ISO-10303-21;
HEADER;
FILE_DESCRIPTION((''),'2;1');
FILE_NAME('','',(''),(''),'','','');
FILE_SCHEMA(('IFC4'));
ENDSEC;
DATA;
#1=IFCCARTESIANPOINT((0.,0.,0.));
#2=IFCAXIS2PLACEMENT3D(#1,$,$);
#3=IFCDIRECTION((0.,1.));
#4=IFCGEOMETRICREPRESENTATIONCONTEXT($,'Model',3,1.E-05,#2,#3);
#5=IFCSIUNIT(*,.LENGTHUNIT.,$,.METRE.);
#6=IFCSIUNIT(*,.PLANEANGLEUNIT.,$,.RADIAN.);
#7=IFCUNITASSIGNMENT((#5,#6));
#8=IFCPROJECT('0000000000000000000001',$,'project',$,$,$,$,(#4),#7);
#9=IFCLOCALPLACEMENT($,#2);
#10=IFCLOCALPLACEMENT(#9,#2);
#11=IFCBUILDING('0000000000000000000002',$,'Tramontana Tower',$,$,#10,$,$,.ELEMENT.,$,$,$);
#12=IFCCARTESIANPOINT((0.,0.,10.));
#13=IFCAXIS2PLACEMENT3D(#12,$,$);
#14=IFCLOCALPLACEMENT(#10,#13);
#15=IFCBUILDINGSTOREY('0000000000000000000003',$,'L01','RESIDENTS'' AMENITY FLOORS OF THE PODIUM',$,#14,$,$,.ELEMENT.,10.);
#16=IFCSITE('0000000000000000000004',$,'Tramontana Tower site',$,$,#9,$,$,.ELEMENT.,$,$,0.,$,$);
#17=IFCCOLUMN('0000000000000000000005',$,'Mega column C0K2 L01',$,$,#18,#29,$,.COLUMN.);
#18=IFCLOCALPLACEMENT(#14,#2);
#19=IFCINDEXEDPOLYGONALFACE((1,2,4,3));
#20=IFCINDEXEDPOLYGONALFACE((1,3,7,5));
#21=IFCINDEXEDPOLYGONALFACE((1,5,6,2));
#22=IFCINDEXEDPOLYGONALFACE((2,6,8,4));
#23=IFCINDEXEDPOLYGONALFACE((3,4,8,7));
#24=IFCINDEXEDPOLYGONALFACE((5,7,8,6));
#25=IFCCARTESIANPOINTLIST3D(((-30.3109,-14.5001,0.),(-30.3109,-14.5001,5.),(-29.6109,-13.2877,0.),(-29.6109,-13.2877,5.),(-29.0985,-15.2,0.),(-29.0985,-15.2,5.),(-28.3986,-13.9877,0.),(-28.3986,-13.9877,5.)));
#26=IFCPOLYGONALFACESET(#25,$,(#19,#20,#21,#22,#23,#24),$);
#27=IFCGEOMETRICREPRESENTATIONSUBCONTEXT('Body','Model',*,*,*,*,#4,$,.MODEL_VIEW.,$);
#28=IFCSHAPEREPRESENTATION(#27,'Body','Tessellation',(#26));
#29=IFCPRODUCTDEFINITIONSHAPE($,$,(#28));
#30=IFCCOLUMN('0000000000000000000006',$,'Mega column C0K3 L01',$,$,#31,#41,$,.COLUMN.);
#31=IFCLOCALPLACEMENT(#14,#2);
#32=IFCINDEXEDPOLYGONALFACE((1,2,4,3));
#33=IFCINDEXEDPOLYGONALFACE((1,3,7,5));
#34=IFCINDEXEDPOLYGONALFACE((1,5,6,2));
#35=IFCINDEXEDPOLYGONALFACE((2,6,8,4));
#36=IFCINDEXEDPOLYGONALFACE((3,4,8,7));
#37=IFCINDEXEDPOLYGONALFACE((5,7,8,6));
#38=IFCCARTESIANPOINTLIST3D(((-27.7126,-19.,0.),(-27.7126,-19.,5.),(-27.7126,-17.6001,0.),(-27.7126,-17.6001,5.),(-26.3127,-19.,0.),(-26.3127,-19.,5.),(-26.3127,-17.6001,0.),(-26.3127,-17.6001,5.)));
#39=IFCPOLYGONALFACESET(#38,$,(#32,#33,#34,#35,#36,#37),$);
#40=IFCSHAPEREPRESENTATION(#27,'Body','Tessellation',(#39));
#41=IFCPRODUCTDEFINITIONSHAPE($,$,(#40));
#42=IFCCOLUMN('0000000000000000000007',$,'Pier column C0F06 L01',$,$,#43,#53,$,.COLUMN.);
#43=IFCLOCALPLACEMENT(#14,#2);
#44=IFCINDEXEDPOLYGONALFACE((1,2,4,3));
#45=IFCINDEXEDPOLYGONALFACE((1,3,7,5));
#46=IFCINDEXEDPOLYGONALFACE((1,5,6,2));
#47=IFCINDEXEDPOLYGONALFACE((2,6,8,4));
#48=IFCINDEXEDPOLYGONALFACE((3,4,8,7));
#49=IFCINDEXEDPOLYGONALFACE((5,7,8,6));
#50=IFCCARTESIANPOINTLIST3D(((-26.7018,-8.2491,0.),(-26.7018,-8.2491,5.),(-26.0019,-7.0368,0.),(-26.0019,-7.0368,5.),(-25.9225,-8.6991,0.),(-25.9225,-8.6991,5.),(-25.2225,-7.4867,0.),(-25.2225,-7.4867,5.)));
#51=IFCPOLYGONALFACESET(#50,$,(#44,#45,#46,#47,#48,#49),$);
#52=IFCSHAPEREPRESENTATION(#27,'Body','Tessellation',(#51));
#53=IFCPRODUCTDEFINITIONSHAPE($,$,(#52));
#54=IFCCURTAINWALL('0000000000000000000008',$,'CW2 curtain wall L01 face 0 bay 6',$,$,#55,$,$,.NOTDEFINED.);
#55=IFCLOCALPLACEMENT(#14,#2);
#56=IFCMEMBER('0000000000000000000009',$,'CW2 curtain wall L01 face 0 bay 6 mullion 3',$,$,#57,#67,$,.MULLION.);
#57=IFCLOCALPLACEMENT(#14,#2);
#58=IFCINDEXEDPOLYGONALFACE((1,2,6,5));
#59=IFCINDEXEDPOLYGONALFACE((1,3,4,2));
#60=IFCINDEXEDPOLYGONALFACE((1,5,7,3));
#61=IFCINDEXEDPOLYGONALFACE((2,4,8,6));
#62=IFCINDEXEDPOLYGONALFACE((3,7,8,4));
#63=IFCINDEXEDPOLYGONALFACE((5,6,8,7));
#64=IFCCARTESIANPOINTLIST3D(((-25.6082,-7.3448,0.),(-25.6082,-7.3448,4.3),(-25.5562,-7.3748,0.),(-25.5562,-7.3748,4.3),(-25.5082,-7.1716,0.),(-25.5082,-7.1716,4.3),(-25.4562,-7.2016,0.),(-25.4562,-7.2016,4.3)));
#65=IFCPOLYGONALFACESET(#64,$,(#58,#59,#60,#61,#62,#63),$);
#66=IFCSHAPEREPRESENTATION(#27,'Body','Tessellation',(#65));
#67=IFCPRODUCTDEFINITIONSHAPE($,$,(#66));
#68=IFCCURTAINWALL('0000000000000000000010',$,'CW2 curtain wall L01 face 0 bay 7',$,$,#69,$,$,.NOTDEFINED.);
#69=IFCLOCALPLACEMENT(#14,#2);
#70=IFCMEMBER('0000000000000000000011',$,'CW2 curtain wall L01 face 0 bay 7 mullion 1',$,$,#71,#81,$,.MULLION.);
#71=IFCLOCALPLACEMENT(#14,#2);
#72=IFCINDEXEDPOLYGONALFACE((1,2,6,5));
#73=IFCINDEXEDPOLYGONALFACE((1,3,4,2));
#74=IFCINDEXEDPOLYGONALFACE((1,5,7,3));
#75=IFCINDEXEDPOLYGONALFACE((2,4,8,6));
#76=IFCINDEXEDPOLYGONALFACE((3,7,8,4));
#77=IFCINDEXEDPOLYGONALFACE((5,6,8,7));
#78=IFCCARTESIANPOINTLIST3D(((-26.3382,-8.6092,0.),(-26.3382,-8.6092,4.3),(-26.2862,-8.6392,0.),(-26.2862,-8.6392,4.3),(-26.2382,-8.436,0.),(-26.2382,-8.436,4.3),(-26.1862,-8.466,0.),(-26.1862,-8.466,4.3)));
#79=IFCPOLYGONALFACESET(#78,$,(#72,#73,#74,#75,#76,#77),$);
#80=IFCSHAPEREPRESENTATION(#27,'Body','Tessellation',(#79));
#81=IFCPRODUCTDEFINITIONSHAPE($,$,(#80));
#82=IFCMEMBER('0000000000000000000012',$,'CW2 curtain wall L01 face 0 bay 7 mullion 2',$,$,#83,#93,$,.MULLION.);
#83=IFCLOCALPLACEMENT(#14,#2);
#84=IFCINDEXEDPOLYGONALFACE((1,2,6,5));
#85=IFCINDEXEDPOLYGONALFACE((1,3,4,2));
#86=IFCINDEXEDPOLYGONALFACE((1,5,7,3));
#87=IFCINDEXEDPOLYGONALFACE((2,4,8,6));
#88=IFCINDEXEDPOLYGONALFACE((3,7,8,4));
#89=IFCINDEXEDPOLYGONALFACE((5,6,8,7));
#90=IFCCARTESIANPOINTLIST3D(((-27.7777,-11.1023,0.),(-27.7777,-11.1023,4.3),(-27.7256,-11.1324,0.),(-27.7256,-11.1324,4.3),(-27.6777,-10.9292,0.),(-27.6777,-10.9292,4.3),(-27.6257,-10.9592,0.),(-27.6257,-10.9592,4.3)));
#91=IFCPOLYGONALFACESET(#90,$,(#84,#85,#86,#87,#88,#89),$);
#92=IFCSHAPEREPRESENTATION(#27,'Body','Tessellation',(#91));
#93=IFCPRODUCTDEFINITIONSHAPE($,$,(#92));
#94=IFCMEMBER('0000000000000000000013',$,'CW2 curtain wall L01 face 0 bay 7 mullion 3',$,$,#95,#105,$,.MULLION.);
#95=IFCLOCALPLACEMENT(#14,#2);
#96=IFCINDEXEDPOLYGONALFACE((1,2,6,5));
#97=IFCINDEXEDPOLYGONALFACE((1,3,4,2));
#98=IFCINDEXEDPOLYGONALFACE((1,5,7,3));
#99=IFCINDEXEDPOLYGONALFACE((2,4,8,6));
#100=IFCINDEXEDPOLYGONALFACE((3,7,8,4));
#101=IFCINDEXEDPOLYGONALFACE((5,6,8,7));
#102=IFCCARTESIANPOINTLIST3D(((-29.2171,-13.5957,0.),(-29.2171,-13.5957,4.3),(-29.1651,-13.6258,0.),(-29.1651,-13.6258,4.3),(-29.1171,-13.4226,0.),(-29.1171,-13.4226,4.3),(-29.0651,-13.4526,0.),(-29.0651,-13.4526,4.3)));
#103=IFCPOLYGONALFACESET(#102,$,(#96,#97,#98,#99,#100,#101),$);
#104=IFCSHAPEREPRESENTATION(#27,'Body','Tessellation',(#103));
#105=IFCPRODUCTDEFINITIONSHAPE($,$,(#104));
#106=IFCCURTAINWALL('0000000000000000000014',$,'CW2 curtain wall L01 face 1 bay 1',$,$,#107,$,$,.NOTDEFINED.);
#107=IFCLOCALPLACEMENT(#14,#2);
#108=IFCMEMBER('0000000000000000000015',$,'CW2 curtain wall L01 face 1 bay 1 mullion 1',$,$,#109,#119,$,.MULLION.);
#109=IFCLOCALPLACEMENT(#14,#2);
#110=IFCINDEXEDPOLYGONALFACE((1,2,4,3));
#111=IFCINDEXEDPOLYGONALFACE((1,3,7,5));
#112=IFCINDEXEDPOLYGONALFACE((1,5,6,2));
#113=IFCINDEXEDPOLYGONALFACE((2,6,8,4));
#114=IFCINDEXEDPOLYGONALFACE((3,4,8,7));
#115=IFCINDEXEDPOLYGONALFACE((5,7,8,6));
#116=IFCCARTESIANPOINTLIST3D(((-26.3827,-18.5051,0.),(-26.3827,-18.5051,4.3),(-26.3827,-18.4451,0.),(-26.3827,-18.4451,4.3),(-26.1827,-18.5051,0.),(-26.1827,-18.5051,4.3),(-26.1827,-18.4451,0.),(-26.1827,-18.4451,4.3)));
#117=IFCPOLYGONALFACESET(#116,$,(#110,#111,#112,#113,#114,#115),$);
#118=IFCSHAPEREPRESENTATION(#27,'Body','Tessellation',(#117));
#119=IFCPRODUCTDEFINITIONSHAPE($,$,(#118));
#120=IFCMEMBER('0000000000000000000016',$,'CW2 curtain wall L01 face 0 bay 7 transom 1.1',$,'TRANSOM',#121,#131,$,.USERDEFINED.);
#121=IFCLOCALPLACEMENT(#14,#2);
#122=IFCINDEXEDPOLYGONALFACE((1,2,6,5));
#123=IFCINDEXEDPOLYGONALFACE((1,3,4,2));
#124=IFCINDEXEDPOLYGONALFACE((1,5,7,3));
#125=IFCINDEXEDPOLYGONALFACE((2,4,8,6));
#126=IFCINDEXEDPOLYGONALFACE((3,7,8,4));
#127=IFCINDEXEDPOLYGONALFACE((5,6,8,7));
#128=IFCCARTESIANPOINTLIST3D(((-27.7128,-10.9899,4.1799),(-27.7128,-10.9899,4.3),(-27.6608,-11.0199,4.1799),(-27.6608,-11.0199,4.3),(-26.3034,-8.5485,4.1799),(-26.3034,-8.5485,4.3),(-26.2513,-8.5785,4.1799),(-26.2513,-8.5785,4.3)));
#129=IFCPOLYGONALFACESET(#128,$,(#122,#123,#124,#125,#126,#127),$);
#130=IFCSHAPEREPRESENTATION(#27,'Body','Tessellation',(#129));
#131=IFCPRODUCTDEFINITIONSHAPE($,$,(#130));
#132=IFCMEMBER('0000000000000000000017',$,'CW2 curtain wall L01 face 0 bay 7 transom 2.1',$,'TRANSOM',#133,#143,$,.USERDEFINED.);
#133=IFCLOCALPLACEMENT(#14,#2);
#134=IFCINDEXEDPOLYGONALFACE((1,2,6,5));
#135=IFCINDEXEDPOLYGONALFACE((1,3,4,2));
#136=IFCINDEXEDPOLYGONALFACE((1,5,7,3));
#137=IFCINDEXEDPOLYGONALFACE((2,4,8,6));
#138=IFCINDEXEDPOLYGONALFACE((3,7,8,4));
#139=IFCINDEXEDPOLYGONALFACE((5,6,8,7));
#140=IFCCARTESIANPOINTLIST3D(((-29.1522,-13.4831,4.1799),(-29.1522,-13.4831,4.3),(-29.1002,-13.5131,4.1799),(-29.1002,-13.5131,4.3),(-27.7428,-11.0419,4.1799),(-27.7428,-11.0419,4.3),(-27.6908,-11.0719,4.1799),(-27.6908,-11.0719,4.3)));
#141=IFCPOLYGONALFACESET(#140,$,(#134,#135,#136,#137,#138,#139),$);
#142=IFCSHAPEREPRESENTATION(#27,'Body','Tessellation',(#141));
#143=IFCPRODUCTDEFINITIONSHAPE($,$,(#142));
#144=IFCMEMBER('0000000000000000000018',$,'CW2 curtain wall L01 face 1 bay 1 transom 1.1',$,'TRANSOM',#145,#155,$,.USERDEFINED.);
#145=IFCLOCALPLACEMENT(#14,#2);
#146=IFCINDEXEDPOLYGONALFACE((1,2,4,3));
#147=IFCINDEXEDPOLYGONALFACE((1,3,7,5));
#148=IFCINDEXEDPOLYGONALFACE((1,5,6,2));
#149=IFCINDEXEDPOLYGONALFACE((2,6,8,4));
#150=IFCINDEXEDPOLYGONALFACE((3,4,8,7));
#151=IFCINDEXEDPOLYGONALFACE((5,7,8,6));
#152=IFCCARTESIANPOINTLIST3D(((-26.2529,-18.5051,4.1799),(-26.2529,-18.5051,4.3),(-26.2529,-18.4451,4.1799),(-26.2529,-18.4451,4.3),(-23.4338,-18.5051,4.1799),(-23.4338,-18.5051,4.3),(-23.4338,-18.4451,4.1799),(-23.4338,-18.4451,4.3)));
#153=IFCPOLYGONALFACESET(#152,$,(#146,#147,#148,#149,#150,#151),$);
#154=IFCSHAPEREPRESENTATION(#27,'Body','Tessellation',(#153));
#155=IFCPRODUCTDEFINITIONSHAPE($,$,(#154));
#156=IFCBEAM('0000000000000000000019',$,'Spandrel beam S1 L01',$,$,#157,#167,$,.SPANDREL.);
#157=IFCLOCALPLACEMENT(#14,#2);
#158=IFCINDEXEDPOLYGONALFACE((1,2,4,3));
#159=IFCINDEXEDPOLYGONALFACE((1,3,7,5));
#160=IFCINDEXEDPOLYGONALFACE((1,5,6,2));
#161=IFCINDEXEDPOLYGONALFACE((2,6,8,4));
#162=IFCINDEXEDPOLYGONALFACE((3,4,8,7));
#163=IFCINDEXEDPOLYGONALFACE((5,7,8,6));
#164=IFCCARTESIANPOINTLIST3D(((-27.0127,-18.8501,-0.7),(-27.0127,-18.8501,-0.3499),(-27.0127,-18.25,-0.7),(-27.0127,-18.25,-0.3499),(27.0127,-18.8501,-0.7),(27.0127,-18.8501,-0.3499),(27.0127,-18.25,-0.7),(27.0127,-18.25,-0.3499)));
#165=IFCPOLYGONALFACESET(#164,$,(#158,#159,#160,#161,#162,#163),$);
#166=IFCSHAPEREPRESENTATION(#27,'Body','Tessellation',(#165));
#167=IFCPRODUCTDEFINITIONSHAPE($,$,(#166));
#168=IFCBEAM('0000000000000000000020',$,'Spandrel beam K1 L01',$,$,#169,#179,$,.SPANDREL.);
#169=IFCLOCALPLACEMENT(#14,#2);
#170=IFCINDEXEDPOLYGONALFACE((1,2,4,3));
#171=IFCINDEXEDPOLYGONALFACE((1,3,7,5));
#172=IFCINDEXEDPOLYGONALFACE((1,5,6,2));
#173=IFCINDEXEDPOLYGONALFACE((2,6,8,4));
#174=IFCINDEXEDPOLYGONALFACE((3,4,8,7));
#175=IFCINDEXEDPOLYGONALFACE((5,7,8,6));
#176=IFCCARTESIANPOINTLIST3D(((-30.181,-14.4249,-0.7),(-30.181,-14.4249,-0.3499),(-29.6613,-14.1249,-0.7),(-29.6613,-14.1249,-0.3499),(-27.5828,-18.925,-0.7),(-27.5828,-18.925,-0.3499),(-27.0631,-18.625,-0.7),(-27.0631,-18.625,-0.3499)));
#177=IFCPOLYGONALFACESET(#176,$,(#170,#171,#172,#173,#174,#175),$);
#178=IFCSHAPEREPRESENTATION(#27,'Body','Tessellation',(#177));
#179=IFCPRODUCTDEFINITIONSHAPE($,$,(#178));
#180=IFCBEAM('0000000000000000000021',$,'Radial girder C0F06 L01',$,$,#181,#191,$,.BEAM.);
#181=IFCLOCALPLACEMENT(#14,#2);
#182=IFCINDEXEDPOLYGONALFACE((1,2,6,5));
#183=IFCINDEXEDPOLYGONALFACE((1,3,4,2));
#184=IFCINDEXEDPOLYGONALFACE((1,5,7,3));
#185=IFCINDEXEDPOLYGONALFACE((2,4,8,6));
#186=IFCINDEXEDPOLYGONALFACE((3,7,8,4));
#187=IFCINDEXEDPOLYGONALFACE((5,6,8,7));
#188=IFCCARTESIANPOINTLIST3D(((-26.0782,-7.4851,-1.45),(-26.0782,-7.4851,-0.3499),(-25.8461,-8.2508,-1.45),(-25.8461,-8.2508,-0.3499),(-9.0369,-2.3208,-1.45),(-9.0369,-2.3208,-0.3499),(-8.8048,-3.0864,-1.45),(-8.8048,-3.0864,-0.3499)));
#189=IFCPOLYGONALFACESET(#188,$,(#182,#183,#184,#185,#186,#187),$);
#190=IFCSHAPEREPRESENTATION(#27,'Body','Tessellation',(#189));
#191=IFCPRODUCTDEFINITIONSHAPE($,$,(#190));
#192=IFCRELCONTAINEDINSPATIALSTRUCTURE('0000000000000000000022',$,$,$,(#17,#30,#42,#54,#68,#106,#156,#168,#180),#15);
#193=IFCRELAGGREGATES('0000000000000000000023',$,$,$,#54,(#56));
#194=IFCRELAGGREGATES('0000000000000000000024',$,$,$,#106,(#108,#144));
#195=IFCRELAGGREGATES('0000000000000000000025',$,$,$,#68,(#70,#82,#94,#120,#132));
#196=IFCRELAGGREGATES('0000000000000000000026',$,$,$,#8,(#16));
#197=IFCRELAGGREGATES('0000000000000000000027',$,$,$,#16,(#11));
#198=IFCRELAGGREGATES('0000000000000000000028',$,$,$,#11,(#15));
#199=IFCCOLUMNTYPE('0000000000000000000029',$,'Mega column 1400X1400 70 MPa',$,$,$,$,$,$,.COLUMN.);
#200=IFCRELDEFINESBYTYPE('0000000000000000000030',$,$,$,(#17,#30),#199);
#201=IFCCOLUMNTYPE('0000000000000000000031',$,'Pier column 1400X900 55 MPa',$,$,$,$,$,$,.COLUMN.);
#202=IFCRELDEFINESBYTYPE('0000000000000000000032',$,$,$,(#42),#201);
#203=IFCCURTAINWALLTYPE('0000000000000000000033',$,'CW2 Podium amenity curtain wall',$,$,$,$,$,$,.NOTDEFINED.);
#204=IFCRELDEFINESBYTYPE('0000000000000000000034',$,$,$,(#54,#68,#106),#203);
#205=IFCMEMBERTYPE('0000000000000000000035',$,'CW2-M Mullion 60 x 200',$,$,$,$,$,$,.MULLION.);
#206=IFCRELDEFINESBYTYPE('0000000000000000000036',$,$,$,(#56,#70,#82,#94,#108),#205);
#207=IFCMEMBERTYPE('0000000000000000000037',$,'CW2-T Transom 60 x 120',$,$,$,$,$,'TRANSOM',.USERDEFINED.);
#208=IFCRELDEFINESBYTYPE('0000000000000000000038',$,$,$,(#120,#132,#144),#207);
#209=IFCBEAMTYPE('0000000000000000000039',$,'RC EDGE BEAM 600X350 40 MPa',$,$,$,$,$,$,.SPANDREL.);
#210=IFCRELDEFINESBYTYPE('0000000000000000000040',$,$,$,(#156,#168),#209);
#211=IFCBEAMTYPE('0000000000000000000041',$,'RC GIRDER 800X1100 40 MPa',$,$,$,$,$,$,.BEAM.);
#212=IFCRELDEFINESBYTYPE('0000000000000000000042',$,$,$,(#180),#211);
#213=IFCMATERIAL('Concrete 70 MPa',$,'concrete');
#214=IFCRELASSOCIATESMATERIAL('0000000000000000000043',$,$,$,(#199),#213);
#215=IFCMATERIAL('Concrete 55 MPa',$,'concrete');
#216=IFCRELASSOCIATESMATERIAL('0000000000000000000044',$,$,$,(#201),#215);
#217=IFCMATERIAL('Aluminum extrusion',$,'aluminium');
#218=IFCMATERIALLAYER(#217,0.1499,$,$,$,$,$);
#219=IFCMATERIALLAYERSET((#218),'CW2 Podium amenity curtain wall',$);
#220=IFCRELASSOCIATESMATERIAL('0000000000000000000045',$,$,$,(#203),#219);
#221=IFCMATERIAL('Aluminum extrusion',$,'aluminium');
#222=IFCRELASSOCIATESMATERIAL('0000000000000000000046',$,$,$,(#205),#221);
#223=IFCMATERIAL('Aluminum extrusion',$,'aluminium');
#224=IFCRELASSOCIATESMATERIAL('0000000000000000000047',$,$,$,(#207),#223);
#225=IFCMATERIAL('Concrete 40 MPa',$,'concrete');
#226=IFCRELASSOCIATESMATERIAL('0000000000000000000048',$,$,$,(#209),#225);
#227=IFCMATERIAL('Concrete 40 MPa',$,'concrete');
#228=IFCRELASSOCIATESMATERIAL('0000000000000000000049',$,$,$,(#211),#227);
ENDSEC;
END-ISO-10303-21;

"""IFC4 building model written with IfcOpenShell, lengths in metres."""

from ifc_helpers import new_model, si_unit, direction, frame, origin, origin_2d, place, context, subcontext, project, spatial, rectangle, extrude, material, layer, layer_set, material_profile, profile_set, type_object, element, aggregate, save


model = new_model("IFC4")

# Units and contexts
model_context = context("Model", 3, precision=1e-05, world=origin(), true_north=direction((0.0, 1.0)))
body_context = subcontext(model_context, "Body", "Model", "MODEL_VIEW")
ifc_project = project(units=[si_unit("LENGTHUNIT", "METRE"), si_unit("PLANEANGLEUNIT", "RADIAN")], contexts=[model_context])

# Site, building, storey
site_placement = place(None, origin())
site = spatial("IfcSite", under=ifc_project, at=site_placement, Name="Tramontana Tower site", CompositionType="ELEMENT", RefElevation=0.0)
building_placement = place(site_placement, origin())
building = spatial("IfcBuilding", under=site, at=building_placement, Name="Tramontana Tower", CompositionType="ELEMENT")
storey_placement = place(building_placement, frame((0.0, 0.0, 10.0)))
storey = spatial("IfcBuildingStorey", under=building, at=storey_placement, Name="L01", Description="RESIDENTS' AMENITY FLOORS OF THE PODIUM", CompositionType="ELEMENT", Elevation=10.0)

# Columns
ifc_material_1 = material(Name="Concrete 70 MPa", Category="concrete")
ifc_material_profile_1 = material_profile(ifc_material_1, rectangle(XDim=1.3999, YDim=1.3999, at=origin_2d()), Name="Mega column 1400X1400 70 MPa")
ifc_profile_set_1 = profile_set([ifc_material_profile_1], Name="Concrete 70 MPa")
column_type_1 = type_object("IfcColumnType", Name="Mega column 1400X1400 70 MPa", PredefinedType="COLUMN", material=ifc_profile_set_1)
for number, where, z_axis, x_axis, name in (
    (1, (-29.3547, -14.2439, 0.0), (0.0, 0.0, 1.0), (-0.5, -0.866025, 0.0), "Mega column C0K2 L01"),
    (2, (-27.0127, -18.3, 0.0), (0.0, 0.0, 1.0), (1.0, 0.0, 0.0), "Mega column C0K3 L01"),
):
    element("IfcColumn", number, at=place(storey_placement, frame(where, z_axis=z_axis, x_axis=x_axis)), inside=storey, type_object=column_type_1, Name=name, PredefinedType="COLUMN", context=body_context, shape_type="SweptSolid", body=[
        extrude(rectangle(XDim=1.3999, YDim=1.3999, at=origin_2d()), origin(), (0.0, 0.0, 1.0), 5.0),
    ])
ifc_material_2 = material(Name="Concrete 55 MPa", Category="concrete")
ifc_material_profile_2 = material_profile(ifc_material_2, rectangle(XDim=1.3999, YDim=0.8999, at=origin_2d()), Name="Pier column 1400X900 55 MPa")
ifc_profile_set_2 = profile_set([ifc_material_profile_2], Name="Concrete 55 MPa")
column_type_2 = type_object("IfcColumnType", Name="Pier column 1400X900 55 MPa", PredefinedType="COLUMN", material=ifc_profile_set_2)
column_placement = place(storey_placement, frame((-25.9622, -7.8679, 0.0), z_axis=(0.0, 0.0, 1.0), x_axis=(-0.5, -0.866025, 0.0)))
element("IfcColumn", 3, at=column_placement, inside=storey, type_object=column_type_2, Name="Pier column C0F06 L01", PredefinedType="COLUMN", context=body_context, shape_type="SweptSolid", body=[
    extrude(rectangle(XDim=1.3999, YDim=0.8999, at=origin_2d()), origin(), (0.0, 0.0, 1.0), 5.0),
])

# Curtain wall, member
ifc_material_3 = material(Name="Aluminum extrusion", Category="aluminium")
ifc_layer_1 = layer(ifc_material_3, 0.1499)
ifc_layer_set_1 = layer_set([ifc_layer_1], Name="CW2 Podium amenity curtain wall")
curtain_wall_type = type_object("IfcCurtainWallType", Name="CW2 Podium amenity curtain wall", PredefinedType="NOTDEFINED", material=ifc_layer_set_1)
curtain_wall_1_placement = place(storey_placement, origin())
curtain_wall_1 = element("IfcCurtainWall", 4, at=curtain_wall_1_placement, inside=storey, type_object=curtain_wall_type, Name="CW2 curtain wall L01 face 0 bay 6", PredefinedType="NOTDEFINED")
ifc_material_4 = material(Name="Aluminum extrusion", Category="aluminium")
ifc_material_profile_3 = material_profile(ifc_material_4, rectangle(XDim=0.0601, YDim=0.2, at=origin_2d()), Name="CW2-M Mullion 60 x 200")
ifc_profile_set_3 = profile_set([ifc_material_profile_3], Name="Aluminum extrusion")
member_type_1 = type_object("IfcMemberType", Name="CW2-M Mullion 60 x 200", PredefinedType="MULLION", material=ifc_profile_set_3)
member_1_placement = place(storey_placement, frame((-25.5322, -7.2732, 0.0), z_axis=(0.0, 0.0, 1.0), x_axis=(0.866025, -0.5, 0.0)))
member_1 = element("IfcMember", 5, at=member_1_placement, type_object=member_type_1, Name="CW2 curtain wall L01 face 0 bay 6 mullion 3", PredefinedType="MULLION", context=body_context, shape_type="SweptSolid", body=[
    extrude(rectangle(XDim=0.0601, YDim=0.2, at=origin_2d()), origin(), (0.0, 0.0, 1.0), 4.3),
])
aggregate(curtain_wall_1, [member_1])

# Curtain wall, members
curtain_wall_2_placement = place(storey_placement, origin())
curtain_wall_2 = element("IfcCurtainWall", 6, at=curtain_wall_2_placement, inside=storey, type_object=curtain_wall_type, Name="CW2 curtain wall L01 face 0 bay 7", PredefinedType="NOTDEFINED")
member_2_placement = place(storey_placement, frame((-26.2622, -8.5376, 0.0), z_axis=(0.0, 0.0, 1.0), x_axis=(0.866025, -0.5, 0.0)))
member_2 = element("IfcMember", 7, at=member_2_placement, type_object=member_type_1, Name="CW2 curtain wall L01 face 0 bay 7 mullion 1", PredefinedType="MULLION", context=body_context, shape_type="SweptSolid", body=[
    extrude(rectangle(XDim=0.0601, YDim=0.2, at=origin_2d()), origin(), (0.0, 0.0, 1.0), 4.3),
])
member_3_placement = place(storey_placement, frame((-27.7017, -11.0308, 0.0), z_axis=(0.0, 0.0, 1.0), x_axis=(0.866025, -0.5, 0.0)))
member_3 = element("IfcMember", 8, at=member_3_placement, type_object=member_type_1, Name="CW2 curtain wall L01 face 0 bay 7 mullion 2", PredefinedType="MULLION", context=body_context, shape_type="SweptSolid", body=[
    extrude(rectangle(XDim=0.0601, YDim=0.2, at=origin_2d()), origin(), (0.0, 0.0, 1.0), 4.3),
])
member_4_placement = place(storey_placement, frame((-29.1411, -13.5242, 0.0), z_axis=(0.0, 0.0, 1.0), x_axis=(0.866025, -0.5, 0.0)))
member_4 = element("IfcMember", 9, at=member_4_placement, type_object=member_type_1, Name="CW2 curtain wall L01 face 0 bay 7 mullion 3", PredefinedType="MULLION", context=body_context, shape_type="SweptSolid", body=[
    extrude(rectangle(XDim=0.0601, YDim=0.2, at=origin_2d()), origin(), (0.0, 0.0, 1.0), 4.3),
])

# Curtain wall, member
curtain_wall_3_placement = place(storey_placement, origin())
curtain_wall_3 = element("IfcCurtainWall", 10, at=curtain_wall_3_placement, inside=storey, type_object=curtain_wall_type, Name="CW2 curtain wall L01 face 1 bay 1", PredefinedType="NOTDEFINED")
member_5_placement = place(storey_placement, frame((-26.2827, -18.4751, 0.0), z_axis=(0.0, 0.0, 1.0), x_axis=(0.0, 1.0, 0.0)))
member_5 = element("IfcMember", 11, at=member_5_placement, type_object=member_type_1, Name="CW2 curtain wall L01 face 1 bay 1 mullion 1", PredefinedType="MULLION", context=body_context, shape_type="SweptSolid", body=[
    extrude(rectangle(XDim=0.0601, YDim=0.2, at=origin_2d()), origin(), (0.0, 0.0, 1.0), 4.3),
])

# Members
ifc_material_5 = material(Name="Aluminum extrusion", Category="aluminium")
ifc_material_profile_4 = material_profile(ifc_material_5, rectangle(XDim=0.0601, YDim=0.1201, at=origin_2d()), Name="CW2-T Transom 60 x 120")
ifc_profile_set_4 = profile_set([ifc_material_profile_4], Name="Aluminum extrusion")
member_type_2 = type_object("IfcMemberType", Name="CW2-T Transom 60 x 120", ElementType="TRANSOM", PredefinedType="USERDEFINED", material=ifc_profile_set_4)
member_6_placement = place(storey_placement, frame((-26.2773, -8.5635, 4.24), z_axis=(-0.499967, -0.866044, 0.0), x_axis=(0.866044, -0.499967, 0.0)))
member_6 = element("IfcMember", 12, at=member_6_placement, type_object=member_type_2, Name="CW2 curtain wall L01 face 0 bay 7 transom 1.1", ObjectType="TRANSOM", PredefinedType="USERDEFINED", context=body_context, shape_type="SweptSolid", body=[
    extrude(rectangle(XDim=0.0601, YDim=0.1201, at=origin_2d()), origin(), (0.0, 0.0, 1.0), 2.8191),
])
member_7_placement = place(storey_placement, frame((-27.7168, -11.0569, 4.24), z_axis=(-0.500005, -0.866023, 0.0), x_axis=(0.866023, -0.500005, 0.0)))
member_7 = element("IfcMember", 13, at=member_7_placement, type_object=member_type_2, Name="CW2 curtain wall L01 face 0 bay 7 transom 2.1", ObjectType="TRANSOM", PredefinedType="USERDEFINED", context=body_context, shape_type="SweptSolid", body=[
    extrude(rectangle(XDim=0.0601, YDim=0.1201, at=origin_2d()), origin(), (0.0, 0.0, 1.0), 2.8188),
])
member_8_placement = place(storey_placement, frame((-26.2529, -18.4751, 4.24), z_axis=(1.0, 0.0, 0.0), x_axis=(0.0, 1.0, 0.0)))
member_8 = element("IfcMember", 14, at=member_8_placement, type_object=member_type_2, Name="CW2 curtain wall L01 face 1 bay 1 transom 1.1", ObjectType="TRANSOM", PredefinedType="USERDEFINED", context=body_context, shape_type="SweptSolid", body=[
    extrude(rectangle(XDim=0.0601, YDim=0.1201, at=origin_2d()), origin(), (0.0, 0.0, 1.0), 2.8191),
])
aggregate(curtain_wall_3, [member_5, member_8])

# Beams
ifc_material_6 = material(Name="Concrete 40 MPa", Category="concrete")
ifc_material_profile_5 = material_profile(ifc_material_6, rectangle(XDim=0.6001, YDim=0.3501, at=origin_2d()), Name="RC EDGE BEAM 600X350 40 MPa")
ifc_profile_set_5 = profile_set([ifc_material_profile_5], Name="Concrete 40 MPa")
beam_type_1 = type_object("IfcBeamType", Name="RC EDGE BEAM 600X350 40 MPa", PredefinedType="SPANDREL", material=ifc_profile_set_5)
beam_1_placement = place(storey_placement, frame((-27.0127, -18.55, -0.5249), z_axis=(1.0, 0.0, 0.0), x_axis=(0.0, 1.0, 0.0)))
element("IfcBeam", 15, at=beam_1_placement, inside=storey, type_object=beam_type_1, Name="Spandrel beam S1 L01", PredefinedType="SPANDREL", context=body_context, shape_type="SweptSolid", body=[
    extrude(rectangle(XDim=0.6001, YDim=0.3501, at=origin_2d()), origin(), (0.0, 0.0, 1.0), 54.0254),
])
beam_2_placement = place(storey_placement, frame((-29.9211, -14.2749, -0.5249), z_axis=(0.50001, -0.86602, 0.0), x_axis=(0.86602, 0.50001, 0.0)))
element("IfcBeam", 16, at=beam_2_placement, inside=storey, type_object=beam_type_1, Name="Spandrel beam K1 L01", PredefinedType="SPANDREL", context=body_context, shape_type="SweptSolid", body=[
    extrude(rectangle(XDim=0.6001, YDim=0.3501, at=origin_2d()), origin(), (0.0, 0.0, 1.0), 5.1963),
])
ifc_material_7 = material(Name="Concrete 40 MPa", Category="concrete")
ifc_material_profile_6 = material_profile(ifc_material_7, rectangle(XDim=0.8, YDim=1.1001, at=origin_2d()), Name="RC GIRDER 800X1100 40 MPa")
ifc_profile_set_6 = profile_set([ifc_material_profile_6], Name="Concrete 40 MPa")
beam_type_2 = type_object("IfcBeamType", Name="RC GIRDER 800X1100 40 MPa", PredefinedType="BEAM", material=ifc_profile_set_6)
beam_3_placement = place(storey_placement, frame((-25.9622, -7.8679, -0.8999), z_axis=(0.95702, 0.290022, 0.0), x_axis=(-0.290022, 0.95702, 0.0)))
element("IfcBeam", 17, at=beam_3_placement, inside=storey, type_object=beam_type_2, Name="Radial girder C0F06 L01", PredefinedType="BEAM", context=body_context, shape_type="SweptSolid", body=[
    extrude(rectangle(XDim=0.8, YDim=1.1001, at=origin_2d()), origin(), (0.0, 0.0, 1.0), 17.8066),
])

aggregate(curtain_wall_2, [member_2, member_3, member_4, member_6, member_7])

save(model, "model.ifc")
